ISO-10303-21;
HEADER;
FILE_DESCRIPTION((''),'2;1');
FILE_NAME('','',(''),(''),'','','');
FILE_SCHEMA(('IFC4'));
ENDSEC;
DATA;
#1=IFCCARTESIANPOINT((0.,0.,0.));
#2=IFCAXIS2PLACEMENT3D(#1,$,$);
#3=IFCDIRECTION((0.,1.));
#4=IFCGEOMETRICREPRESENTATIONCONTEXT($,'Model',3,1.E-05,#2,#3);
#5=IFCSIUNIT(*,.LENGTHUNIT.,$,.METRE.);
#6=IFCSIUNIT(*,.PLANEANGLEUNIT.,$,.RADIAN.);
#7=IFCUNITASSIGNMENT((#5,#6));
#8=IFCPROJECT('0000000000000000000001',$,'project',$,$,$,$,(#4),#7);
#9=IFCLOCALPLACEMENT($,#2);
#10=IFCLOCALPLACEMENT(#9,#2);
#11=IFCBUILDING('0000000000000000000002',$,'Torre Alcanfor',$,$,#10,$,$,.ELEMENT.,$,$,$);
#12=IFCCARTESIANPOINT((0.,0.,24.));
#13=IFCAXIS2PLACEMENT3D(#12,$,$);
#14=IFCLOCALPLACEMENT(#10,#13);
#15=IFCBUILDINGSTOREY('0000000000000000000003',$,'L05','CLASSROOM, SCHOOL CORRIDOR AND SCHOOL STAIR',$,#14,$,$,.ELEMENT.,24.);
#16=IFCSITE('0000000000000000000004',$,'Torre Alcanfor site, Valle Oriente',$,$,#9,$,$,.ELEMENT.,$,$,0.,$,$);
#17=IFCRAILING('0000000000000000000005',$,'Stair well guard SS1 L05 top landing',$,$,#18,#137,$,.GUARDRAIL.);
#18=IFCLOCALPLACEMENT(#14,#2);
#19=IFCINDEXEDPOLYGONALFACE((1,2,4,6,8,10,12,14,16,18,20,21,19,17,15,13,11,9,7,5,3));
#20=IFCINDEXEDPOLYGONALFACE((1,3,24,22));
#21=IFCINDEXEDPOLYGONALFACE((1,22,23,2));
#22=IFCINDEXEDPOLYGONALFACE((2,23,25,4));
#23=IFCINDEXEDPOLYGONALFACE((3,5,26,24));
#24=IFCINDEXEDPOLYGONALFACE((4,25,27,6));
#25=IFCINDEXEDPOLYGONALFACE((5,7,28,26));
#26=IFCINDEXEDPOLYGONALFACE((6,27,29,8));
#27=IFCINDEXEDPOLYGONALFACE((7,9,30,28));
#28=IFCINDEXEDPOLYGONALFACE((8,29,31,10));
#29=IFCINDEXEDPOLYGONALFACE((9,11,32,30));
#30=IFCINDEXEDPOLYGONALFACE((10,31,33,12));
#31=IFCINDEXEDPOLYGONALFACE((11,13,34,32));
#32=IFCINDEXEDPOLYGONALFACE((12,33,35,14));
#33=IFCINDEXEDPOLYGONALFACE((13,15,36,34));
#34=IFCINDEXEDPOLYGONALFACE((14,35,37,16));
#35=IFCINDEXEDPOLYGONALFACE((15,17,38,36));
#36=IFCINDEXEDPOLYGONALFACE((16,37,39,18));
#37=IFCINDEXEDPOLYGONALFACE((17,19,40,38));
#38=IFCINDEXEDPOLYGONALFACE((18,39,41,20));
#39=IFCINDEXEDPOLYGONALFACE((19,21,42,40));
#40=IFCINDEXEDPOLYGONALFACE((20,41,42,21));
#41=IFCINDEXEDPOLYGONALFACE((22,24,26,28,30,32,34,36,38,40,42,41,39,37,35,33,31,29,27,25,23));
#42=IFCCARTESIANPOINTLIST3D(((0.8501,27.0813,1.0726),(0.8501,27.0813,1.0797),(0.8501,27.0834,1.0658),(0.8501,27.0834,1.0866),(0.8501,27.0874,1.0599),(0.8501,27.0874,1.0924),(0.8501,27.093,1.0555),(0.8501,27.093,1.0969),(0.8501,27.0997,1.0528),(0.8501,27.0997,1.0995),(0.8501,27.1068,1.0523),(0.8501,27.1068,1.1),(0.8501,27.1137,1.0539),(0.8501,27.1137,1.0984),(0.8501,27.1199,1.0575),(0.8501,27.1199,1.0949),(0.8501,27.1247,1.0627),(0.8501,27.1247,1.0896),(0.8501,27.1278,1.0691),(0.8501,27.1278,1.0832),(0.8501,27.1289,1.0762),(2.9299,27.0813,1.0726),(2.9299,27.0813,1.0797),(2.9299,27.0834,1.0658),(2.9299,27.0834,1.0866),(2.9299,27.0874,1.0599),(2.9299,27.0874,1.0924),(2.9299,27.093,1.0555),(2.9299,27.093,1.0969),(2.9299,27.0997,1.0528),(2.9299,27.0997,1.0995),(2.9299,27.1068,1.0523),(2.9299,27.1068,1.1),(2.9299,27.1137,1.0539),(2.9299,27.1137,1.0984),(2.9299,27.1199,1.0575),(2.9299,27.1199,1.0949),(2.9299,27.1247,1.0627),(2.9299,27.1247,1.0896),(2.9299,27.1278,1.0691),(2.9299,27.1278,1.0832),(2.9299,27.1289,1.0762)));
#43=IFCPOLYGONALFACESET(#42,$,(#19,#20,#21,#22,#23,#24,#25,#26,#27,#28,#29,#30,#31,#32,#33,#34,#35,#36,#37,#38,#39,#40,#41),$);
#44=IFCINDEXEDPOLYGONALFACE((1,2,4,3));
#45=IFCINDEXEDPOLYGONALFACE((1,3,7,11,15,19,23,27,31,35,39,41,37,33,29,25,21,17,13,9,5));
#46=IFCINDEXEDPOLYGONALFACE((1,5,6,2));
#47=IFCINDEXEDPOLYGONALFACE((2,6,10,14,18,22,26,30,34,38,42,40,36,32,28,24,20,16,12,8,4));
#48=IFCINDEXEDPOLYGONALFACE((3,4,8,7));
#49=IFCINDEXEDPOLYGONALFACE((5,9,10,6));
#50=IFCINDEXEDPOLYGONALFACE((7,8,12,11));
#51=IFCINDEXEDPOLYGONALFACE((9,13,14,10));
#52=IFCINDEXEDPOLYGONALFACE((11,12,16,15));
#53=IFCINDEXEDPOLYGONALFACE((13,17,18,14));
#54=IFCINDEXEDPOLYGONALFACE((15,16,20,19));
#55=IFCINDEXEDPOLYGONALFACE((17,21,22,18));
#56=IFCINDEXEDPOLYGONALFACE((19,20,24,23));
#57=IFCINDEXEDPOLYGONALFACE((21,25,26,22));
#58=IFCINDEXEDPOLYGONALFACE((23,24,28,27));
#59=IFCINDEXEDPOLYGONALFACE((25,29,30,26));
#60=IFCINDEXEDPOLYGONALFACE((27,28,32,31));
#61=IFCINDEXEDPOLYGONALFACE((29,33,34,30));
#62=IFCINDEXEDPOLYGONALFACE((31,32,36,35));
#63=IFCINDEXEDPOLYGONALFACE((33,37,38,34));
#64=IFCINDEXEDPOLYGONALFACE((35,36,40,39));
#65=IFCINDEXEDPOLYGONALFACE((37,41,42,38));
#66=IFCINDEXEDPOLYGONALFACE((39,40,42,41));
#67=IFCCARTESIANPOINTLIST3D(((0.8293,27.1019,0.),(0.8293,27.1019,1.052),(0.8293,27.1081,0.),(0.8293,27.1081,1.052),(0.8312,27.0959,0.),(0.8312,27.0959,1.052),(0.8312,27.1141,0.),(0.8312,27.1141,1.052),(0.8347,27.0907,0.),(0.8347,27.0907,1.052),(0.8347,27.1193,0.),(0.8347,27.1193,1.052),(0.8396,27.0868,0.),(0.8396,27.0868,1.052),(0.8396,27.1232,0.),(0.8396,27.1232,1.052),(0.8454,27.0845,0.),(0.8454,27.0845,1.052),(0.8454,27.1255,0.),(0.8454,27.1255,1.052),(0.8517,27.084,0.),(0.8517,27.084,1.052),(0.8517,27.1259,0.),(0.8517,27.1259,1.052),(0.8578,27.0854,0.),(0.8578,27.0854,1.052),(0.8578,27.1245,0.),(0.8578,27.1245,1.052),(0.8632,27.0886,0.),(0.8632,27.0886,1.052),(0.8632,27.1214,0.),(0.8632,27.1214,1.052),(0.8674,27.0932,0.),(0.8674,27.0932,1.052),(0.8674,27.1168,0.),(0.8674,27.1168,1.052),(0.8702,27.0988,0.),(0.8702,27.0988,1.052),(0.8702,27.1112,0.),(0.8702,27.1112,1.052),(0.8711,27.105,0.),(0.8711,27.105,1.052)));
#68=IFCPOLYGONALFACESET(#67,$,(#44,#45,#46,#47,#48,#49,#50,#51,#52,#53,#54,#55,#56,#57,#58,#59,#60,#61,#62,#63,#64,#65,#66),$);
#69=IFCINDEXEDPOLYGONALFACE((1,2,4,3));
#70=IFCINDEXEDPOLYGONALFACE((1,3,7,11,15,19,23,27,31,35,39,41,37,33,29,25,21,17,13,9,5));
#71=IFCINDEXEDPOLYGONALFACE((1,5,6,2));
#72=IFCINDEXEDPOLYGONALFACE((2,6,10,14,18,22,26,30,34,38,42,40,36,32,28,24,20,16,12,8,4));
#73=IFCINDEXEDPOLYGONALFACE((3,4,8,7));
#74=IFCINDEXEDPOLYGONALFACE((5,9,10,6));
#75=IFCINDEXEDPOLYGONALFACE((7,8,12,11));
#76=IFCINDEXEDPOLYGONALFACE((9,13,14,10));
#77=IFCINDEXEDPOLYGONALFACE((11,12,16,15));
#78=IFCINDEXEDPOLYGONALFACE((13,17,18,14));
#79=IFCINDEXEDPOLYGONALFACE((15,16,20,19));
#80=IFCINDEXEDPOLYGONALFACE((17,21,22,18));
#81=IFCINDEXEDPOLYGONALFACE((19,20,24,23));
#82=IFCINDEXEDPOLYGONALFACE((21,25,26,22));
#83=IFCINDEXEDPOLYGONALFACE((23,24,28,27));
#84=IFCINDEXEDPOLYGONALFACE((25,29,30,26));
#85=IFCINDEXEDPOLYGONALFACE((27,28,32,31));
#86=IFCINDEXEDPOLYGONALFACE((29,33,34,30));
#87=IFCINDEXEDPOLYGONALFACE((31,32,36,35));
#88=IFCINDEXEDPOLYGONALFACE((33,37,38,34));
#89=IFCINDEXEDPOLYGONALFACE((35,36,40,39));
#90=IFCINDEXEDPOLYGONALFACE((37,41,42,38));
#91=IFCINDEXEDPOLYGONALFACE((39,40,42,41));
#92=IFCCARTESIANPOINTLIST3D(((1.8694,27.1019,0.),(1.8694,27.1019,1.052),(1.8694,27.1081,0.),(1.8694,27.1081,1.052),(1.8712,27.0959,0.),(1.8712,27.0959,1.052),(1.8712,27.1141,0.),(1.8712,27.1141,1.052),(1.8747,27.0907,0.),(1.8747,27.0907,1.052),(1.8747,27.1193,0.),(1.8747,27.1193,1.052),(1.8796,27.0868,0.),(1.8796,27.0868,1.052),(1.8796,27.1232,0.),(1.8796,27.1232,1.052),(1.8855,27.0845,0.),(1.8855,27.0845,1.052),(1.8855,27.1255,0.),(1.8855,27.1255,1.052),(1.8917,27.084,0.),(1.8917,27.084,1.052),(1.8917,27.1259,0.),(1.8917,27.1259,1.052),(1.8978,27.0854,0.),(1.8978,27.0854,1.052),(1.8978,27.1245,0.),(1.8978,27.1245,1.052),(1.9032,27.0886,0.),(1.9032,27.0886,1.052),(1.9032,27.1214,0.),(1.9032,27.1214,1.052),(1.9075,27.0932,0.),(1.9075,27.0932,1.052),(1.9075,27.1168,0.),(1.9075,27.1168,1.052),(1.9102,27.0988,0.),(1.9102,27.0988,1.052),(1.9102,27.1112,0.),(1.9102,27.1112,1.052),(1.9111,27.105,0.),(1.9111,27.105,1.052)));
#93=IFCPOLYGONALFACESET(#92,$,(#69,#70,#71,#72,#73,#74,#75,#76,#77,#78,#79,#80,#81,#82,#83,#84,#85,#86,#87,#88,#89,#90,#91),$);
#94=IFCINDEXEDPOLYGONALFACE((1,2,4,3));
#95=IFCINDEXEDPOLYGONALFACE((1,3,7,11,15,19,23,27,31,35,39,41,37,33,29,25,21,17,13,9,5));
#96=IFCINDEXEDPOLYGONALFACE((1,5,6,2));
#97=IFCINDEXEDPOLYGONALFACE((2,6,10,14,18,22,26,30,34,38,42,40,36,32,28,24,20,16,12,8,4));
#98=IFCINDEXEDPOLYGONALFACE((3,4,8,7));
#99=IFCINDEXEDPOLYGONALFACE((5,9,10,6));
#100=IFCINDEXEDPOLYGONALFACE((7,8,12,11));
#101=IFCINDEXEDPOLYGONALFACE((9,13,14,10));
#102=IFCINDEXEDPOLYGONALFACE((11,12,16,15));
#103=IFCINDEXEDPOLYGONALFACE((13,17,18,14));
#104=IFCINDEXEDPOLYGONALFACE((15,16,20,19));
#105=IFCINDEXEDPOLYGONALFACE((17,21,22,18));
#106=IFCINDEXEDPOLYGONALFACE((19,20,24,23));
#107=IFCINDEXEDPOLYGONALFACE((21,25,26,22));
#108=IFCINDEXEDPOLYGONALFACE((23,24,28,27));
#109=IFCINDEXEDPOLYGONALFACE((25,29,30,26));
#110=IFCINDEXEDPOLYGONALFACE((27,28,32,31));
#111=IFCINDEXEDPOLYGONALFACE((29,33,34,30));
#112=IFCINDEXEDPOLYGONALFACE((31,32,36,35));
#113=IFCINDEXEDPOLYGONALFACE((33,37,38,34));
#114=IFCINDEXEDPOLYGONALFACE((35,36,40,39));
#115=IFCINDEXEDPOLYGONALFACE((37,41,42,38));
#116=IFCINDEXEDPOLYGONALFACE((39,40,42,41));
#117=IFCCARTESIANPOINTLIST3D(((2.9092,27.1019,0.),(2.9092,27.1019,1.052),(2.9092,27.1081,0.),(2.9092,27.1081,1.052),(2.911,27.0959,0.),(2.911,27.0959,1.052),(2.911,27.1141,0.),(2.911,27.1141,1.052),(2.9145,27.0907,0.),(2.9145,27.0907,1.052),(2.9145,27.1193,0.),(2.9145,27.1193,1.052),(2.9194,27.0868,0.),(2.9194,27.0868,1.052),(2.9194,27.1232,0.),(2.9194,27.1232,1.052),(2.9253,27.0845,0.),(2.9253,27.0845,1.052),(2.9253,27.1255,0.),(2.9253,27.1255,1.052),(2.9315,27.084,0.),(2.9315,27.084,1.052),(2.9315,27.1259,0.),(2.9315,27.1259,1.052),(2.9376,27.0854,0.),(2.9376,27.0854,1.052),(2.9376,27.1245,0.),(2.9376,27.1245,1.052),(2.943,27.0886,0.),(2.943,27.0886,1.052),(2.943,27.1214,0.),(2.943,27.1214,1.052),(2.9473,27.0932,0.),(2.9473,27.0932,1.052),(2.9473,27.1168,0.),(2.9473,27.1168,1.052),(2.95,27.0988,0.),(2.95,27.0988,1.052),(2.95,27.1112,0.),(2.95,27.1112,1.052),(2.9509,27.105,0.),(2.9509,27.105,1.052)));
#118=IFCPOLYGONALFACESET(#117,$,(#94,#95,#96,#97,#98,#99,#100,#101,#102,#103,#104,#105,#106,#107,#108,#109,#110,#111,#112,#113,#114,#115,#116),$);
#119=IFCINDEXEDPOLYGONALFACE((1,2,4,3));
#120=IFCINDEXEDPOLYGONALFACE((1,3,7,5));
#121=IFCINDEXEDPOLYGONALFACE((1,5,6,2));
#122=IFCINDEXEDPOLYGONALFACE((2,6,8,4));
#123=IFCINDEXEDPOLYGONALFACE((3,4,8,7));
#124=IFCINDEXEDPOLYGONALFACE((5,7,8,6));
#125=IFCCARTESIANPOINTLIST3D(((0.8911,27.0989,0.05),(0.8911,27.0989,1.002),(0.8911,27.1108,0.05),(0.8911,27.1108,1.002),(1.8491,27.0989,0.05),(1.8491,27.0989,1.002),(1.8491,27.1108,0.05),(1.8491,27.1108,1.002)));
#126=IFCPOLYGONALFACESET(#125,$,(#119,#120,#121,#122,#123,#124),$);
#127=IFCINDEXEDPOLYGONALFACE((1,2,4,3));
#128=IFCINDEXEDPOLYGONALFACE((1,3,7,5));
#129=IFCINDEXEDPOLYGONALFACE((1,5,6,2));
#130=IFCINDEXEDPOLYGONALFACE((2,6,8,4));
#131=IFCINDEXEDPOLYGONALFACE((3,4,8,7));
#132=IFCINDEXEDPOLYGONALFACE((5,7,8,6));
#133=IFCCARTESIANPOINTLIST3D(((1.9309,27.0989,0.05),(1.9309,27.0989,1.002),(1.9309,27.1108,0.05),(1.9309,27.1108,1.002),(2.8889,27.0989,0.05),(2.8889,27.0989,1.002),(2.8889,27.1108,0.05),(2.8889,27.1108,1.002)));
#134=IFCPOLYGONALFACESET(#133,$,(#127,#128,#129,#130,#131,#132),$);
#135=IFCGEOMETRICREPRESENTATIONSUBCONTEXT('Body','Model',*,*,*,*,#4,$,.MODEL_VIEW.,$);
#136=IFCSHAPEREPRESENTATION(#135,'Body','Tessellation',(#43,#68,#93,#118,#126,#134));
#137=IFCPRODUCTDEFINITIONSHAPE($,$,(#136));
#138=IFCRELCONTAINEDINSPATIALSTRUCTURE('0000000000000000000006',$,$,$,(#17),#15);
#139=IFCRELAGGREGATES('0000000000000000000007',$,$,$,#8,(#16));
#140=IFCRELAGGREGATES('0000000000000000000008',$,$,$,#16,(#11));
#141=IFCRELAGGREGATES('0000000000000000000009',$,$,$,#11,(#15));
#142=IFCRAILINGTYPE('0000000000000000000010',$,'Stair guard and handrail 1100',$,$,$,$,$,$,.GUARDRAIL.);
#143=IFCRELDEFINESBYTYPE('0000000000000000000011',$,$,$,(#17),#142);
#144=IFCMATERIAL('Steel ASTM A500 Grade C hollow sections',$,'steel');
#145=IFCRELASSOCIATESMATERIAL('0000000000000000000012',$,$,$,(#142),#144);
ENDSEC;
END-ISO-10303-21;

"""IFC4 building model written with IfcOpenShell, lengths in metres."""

from ifc_helpers import new_model, si_unit, direction, frame, origin, origin_2d, place, context, subcontext, project, spatial, polyline, circle, outline, extrude, material, type_object, element, save


model = new_model("IFC4")

# Units and contexts
model_context = context("Model", 3, precision=1e-05, world=origin(), true_north=direction((0.0, 1.0)))
body_context = subcontext(model_context, "Body", "Model", "MODEL_VIEW")
ifc_project = project(units=[si_unit("LENGTHUNIT", "METRE"), si_unit("PLANEANGLEUNIT", "RADIAN")], contexts=[model_context])

# Site, building, storey
site_placement = place(None, origin())
site = spatial("IfcSite", under=ifc_project, at=site_placement, Name="Torre Alcanfor site, Valle Oriente", CompositionType="ELEMENT", RefElevation=0.0)
building_placement = place(site_placement, origin())
building = spatial("IfcBuilding", under=site, at=building_placement, Name="Torre Alcanfor", CompositionType="ELEMENT")
storey_placement = place(building_placement, frame((0.0, 0.0, 24.0)))
storey = spatial("IfcBuildingStorey", under=building, at=storey_placement, Name="L05", Description="CLASSROOM, SCHOOL CORRIDOR AND SCHOOL STAIR", CompositionType="ELEMENT", Elevation=24.0)

# Railing
ifc_material_1 = material(Name="Steel ASTM A500 Grade C hollow sections", Category="steel")
railing_type = type_object("IfcRailingType", Name="Stair guard and handrail 1100", PredefinedType="GUARDRAIL", material=ifc_material_1)
railing_1_placement = place(storey_placement, frame((0.8501, 27.105, 0.0)))
element("IfcRailing", 1, at=railing_1_placement, inside=storey, type_object=railing_type, Name="Stair well guard SS1 L05 top landing", PredefinedType="GUARDRAIL", context=body_context, shape_type="SweptSolid", body=[
    extrude(circle(Radius=0.0239, at=origin_2d()), frame((0.0, 0.0, 1.0762), z_axis=(1.0, 0.0, 0.0), x_axis=(0.0, 1.0, 0.0)), (0.0, 0.0, 1.0), 2.0798),
    extrude(circle(Radius=0.021, at=origin_2d()), origin(), (0.0, 0.0, 1.0), 1.052),
    extrude(circle(Radius=0.021, at=origin_2d()), frame((1.04, 0.0, 0.0)), (0.0, 0.0, 1.0), 1.052),
    extrude(circle(Radius=0.021, at=origin_2d()), frame((2.0798, 0.0, 0.0)), (0.0, 0.0, 1.0), 1.052),
    extrude(outline(polyline([(0.041, 0.05), (0.999, 0.05), (0.999, 1.002), (0.041, 1.002), (0.041, 0.05)])), frame((0.0, 0.0059, 0.0), z_axis=(0.0, -1.0, 0.0), x_axis=(1.0, 0.0, 0.0)), (0.0, 0.0, 1.0), 0.012),
    extrude(outline(polyline([(1.0808, 0.05), (2.0388, 0.05), (2.0388, 1.002), (1.0808, 1.002), (1.0808, 0.05)])), frame((0.0, 0.0059, 0.0), z_axis=(0.0, -1.0, 0.0), x_axis=(1.0, 0.0, 0.0)), (0.0, 0.0, 1.0), 0.012),
])

save(model, "model.ifc")
